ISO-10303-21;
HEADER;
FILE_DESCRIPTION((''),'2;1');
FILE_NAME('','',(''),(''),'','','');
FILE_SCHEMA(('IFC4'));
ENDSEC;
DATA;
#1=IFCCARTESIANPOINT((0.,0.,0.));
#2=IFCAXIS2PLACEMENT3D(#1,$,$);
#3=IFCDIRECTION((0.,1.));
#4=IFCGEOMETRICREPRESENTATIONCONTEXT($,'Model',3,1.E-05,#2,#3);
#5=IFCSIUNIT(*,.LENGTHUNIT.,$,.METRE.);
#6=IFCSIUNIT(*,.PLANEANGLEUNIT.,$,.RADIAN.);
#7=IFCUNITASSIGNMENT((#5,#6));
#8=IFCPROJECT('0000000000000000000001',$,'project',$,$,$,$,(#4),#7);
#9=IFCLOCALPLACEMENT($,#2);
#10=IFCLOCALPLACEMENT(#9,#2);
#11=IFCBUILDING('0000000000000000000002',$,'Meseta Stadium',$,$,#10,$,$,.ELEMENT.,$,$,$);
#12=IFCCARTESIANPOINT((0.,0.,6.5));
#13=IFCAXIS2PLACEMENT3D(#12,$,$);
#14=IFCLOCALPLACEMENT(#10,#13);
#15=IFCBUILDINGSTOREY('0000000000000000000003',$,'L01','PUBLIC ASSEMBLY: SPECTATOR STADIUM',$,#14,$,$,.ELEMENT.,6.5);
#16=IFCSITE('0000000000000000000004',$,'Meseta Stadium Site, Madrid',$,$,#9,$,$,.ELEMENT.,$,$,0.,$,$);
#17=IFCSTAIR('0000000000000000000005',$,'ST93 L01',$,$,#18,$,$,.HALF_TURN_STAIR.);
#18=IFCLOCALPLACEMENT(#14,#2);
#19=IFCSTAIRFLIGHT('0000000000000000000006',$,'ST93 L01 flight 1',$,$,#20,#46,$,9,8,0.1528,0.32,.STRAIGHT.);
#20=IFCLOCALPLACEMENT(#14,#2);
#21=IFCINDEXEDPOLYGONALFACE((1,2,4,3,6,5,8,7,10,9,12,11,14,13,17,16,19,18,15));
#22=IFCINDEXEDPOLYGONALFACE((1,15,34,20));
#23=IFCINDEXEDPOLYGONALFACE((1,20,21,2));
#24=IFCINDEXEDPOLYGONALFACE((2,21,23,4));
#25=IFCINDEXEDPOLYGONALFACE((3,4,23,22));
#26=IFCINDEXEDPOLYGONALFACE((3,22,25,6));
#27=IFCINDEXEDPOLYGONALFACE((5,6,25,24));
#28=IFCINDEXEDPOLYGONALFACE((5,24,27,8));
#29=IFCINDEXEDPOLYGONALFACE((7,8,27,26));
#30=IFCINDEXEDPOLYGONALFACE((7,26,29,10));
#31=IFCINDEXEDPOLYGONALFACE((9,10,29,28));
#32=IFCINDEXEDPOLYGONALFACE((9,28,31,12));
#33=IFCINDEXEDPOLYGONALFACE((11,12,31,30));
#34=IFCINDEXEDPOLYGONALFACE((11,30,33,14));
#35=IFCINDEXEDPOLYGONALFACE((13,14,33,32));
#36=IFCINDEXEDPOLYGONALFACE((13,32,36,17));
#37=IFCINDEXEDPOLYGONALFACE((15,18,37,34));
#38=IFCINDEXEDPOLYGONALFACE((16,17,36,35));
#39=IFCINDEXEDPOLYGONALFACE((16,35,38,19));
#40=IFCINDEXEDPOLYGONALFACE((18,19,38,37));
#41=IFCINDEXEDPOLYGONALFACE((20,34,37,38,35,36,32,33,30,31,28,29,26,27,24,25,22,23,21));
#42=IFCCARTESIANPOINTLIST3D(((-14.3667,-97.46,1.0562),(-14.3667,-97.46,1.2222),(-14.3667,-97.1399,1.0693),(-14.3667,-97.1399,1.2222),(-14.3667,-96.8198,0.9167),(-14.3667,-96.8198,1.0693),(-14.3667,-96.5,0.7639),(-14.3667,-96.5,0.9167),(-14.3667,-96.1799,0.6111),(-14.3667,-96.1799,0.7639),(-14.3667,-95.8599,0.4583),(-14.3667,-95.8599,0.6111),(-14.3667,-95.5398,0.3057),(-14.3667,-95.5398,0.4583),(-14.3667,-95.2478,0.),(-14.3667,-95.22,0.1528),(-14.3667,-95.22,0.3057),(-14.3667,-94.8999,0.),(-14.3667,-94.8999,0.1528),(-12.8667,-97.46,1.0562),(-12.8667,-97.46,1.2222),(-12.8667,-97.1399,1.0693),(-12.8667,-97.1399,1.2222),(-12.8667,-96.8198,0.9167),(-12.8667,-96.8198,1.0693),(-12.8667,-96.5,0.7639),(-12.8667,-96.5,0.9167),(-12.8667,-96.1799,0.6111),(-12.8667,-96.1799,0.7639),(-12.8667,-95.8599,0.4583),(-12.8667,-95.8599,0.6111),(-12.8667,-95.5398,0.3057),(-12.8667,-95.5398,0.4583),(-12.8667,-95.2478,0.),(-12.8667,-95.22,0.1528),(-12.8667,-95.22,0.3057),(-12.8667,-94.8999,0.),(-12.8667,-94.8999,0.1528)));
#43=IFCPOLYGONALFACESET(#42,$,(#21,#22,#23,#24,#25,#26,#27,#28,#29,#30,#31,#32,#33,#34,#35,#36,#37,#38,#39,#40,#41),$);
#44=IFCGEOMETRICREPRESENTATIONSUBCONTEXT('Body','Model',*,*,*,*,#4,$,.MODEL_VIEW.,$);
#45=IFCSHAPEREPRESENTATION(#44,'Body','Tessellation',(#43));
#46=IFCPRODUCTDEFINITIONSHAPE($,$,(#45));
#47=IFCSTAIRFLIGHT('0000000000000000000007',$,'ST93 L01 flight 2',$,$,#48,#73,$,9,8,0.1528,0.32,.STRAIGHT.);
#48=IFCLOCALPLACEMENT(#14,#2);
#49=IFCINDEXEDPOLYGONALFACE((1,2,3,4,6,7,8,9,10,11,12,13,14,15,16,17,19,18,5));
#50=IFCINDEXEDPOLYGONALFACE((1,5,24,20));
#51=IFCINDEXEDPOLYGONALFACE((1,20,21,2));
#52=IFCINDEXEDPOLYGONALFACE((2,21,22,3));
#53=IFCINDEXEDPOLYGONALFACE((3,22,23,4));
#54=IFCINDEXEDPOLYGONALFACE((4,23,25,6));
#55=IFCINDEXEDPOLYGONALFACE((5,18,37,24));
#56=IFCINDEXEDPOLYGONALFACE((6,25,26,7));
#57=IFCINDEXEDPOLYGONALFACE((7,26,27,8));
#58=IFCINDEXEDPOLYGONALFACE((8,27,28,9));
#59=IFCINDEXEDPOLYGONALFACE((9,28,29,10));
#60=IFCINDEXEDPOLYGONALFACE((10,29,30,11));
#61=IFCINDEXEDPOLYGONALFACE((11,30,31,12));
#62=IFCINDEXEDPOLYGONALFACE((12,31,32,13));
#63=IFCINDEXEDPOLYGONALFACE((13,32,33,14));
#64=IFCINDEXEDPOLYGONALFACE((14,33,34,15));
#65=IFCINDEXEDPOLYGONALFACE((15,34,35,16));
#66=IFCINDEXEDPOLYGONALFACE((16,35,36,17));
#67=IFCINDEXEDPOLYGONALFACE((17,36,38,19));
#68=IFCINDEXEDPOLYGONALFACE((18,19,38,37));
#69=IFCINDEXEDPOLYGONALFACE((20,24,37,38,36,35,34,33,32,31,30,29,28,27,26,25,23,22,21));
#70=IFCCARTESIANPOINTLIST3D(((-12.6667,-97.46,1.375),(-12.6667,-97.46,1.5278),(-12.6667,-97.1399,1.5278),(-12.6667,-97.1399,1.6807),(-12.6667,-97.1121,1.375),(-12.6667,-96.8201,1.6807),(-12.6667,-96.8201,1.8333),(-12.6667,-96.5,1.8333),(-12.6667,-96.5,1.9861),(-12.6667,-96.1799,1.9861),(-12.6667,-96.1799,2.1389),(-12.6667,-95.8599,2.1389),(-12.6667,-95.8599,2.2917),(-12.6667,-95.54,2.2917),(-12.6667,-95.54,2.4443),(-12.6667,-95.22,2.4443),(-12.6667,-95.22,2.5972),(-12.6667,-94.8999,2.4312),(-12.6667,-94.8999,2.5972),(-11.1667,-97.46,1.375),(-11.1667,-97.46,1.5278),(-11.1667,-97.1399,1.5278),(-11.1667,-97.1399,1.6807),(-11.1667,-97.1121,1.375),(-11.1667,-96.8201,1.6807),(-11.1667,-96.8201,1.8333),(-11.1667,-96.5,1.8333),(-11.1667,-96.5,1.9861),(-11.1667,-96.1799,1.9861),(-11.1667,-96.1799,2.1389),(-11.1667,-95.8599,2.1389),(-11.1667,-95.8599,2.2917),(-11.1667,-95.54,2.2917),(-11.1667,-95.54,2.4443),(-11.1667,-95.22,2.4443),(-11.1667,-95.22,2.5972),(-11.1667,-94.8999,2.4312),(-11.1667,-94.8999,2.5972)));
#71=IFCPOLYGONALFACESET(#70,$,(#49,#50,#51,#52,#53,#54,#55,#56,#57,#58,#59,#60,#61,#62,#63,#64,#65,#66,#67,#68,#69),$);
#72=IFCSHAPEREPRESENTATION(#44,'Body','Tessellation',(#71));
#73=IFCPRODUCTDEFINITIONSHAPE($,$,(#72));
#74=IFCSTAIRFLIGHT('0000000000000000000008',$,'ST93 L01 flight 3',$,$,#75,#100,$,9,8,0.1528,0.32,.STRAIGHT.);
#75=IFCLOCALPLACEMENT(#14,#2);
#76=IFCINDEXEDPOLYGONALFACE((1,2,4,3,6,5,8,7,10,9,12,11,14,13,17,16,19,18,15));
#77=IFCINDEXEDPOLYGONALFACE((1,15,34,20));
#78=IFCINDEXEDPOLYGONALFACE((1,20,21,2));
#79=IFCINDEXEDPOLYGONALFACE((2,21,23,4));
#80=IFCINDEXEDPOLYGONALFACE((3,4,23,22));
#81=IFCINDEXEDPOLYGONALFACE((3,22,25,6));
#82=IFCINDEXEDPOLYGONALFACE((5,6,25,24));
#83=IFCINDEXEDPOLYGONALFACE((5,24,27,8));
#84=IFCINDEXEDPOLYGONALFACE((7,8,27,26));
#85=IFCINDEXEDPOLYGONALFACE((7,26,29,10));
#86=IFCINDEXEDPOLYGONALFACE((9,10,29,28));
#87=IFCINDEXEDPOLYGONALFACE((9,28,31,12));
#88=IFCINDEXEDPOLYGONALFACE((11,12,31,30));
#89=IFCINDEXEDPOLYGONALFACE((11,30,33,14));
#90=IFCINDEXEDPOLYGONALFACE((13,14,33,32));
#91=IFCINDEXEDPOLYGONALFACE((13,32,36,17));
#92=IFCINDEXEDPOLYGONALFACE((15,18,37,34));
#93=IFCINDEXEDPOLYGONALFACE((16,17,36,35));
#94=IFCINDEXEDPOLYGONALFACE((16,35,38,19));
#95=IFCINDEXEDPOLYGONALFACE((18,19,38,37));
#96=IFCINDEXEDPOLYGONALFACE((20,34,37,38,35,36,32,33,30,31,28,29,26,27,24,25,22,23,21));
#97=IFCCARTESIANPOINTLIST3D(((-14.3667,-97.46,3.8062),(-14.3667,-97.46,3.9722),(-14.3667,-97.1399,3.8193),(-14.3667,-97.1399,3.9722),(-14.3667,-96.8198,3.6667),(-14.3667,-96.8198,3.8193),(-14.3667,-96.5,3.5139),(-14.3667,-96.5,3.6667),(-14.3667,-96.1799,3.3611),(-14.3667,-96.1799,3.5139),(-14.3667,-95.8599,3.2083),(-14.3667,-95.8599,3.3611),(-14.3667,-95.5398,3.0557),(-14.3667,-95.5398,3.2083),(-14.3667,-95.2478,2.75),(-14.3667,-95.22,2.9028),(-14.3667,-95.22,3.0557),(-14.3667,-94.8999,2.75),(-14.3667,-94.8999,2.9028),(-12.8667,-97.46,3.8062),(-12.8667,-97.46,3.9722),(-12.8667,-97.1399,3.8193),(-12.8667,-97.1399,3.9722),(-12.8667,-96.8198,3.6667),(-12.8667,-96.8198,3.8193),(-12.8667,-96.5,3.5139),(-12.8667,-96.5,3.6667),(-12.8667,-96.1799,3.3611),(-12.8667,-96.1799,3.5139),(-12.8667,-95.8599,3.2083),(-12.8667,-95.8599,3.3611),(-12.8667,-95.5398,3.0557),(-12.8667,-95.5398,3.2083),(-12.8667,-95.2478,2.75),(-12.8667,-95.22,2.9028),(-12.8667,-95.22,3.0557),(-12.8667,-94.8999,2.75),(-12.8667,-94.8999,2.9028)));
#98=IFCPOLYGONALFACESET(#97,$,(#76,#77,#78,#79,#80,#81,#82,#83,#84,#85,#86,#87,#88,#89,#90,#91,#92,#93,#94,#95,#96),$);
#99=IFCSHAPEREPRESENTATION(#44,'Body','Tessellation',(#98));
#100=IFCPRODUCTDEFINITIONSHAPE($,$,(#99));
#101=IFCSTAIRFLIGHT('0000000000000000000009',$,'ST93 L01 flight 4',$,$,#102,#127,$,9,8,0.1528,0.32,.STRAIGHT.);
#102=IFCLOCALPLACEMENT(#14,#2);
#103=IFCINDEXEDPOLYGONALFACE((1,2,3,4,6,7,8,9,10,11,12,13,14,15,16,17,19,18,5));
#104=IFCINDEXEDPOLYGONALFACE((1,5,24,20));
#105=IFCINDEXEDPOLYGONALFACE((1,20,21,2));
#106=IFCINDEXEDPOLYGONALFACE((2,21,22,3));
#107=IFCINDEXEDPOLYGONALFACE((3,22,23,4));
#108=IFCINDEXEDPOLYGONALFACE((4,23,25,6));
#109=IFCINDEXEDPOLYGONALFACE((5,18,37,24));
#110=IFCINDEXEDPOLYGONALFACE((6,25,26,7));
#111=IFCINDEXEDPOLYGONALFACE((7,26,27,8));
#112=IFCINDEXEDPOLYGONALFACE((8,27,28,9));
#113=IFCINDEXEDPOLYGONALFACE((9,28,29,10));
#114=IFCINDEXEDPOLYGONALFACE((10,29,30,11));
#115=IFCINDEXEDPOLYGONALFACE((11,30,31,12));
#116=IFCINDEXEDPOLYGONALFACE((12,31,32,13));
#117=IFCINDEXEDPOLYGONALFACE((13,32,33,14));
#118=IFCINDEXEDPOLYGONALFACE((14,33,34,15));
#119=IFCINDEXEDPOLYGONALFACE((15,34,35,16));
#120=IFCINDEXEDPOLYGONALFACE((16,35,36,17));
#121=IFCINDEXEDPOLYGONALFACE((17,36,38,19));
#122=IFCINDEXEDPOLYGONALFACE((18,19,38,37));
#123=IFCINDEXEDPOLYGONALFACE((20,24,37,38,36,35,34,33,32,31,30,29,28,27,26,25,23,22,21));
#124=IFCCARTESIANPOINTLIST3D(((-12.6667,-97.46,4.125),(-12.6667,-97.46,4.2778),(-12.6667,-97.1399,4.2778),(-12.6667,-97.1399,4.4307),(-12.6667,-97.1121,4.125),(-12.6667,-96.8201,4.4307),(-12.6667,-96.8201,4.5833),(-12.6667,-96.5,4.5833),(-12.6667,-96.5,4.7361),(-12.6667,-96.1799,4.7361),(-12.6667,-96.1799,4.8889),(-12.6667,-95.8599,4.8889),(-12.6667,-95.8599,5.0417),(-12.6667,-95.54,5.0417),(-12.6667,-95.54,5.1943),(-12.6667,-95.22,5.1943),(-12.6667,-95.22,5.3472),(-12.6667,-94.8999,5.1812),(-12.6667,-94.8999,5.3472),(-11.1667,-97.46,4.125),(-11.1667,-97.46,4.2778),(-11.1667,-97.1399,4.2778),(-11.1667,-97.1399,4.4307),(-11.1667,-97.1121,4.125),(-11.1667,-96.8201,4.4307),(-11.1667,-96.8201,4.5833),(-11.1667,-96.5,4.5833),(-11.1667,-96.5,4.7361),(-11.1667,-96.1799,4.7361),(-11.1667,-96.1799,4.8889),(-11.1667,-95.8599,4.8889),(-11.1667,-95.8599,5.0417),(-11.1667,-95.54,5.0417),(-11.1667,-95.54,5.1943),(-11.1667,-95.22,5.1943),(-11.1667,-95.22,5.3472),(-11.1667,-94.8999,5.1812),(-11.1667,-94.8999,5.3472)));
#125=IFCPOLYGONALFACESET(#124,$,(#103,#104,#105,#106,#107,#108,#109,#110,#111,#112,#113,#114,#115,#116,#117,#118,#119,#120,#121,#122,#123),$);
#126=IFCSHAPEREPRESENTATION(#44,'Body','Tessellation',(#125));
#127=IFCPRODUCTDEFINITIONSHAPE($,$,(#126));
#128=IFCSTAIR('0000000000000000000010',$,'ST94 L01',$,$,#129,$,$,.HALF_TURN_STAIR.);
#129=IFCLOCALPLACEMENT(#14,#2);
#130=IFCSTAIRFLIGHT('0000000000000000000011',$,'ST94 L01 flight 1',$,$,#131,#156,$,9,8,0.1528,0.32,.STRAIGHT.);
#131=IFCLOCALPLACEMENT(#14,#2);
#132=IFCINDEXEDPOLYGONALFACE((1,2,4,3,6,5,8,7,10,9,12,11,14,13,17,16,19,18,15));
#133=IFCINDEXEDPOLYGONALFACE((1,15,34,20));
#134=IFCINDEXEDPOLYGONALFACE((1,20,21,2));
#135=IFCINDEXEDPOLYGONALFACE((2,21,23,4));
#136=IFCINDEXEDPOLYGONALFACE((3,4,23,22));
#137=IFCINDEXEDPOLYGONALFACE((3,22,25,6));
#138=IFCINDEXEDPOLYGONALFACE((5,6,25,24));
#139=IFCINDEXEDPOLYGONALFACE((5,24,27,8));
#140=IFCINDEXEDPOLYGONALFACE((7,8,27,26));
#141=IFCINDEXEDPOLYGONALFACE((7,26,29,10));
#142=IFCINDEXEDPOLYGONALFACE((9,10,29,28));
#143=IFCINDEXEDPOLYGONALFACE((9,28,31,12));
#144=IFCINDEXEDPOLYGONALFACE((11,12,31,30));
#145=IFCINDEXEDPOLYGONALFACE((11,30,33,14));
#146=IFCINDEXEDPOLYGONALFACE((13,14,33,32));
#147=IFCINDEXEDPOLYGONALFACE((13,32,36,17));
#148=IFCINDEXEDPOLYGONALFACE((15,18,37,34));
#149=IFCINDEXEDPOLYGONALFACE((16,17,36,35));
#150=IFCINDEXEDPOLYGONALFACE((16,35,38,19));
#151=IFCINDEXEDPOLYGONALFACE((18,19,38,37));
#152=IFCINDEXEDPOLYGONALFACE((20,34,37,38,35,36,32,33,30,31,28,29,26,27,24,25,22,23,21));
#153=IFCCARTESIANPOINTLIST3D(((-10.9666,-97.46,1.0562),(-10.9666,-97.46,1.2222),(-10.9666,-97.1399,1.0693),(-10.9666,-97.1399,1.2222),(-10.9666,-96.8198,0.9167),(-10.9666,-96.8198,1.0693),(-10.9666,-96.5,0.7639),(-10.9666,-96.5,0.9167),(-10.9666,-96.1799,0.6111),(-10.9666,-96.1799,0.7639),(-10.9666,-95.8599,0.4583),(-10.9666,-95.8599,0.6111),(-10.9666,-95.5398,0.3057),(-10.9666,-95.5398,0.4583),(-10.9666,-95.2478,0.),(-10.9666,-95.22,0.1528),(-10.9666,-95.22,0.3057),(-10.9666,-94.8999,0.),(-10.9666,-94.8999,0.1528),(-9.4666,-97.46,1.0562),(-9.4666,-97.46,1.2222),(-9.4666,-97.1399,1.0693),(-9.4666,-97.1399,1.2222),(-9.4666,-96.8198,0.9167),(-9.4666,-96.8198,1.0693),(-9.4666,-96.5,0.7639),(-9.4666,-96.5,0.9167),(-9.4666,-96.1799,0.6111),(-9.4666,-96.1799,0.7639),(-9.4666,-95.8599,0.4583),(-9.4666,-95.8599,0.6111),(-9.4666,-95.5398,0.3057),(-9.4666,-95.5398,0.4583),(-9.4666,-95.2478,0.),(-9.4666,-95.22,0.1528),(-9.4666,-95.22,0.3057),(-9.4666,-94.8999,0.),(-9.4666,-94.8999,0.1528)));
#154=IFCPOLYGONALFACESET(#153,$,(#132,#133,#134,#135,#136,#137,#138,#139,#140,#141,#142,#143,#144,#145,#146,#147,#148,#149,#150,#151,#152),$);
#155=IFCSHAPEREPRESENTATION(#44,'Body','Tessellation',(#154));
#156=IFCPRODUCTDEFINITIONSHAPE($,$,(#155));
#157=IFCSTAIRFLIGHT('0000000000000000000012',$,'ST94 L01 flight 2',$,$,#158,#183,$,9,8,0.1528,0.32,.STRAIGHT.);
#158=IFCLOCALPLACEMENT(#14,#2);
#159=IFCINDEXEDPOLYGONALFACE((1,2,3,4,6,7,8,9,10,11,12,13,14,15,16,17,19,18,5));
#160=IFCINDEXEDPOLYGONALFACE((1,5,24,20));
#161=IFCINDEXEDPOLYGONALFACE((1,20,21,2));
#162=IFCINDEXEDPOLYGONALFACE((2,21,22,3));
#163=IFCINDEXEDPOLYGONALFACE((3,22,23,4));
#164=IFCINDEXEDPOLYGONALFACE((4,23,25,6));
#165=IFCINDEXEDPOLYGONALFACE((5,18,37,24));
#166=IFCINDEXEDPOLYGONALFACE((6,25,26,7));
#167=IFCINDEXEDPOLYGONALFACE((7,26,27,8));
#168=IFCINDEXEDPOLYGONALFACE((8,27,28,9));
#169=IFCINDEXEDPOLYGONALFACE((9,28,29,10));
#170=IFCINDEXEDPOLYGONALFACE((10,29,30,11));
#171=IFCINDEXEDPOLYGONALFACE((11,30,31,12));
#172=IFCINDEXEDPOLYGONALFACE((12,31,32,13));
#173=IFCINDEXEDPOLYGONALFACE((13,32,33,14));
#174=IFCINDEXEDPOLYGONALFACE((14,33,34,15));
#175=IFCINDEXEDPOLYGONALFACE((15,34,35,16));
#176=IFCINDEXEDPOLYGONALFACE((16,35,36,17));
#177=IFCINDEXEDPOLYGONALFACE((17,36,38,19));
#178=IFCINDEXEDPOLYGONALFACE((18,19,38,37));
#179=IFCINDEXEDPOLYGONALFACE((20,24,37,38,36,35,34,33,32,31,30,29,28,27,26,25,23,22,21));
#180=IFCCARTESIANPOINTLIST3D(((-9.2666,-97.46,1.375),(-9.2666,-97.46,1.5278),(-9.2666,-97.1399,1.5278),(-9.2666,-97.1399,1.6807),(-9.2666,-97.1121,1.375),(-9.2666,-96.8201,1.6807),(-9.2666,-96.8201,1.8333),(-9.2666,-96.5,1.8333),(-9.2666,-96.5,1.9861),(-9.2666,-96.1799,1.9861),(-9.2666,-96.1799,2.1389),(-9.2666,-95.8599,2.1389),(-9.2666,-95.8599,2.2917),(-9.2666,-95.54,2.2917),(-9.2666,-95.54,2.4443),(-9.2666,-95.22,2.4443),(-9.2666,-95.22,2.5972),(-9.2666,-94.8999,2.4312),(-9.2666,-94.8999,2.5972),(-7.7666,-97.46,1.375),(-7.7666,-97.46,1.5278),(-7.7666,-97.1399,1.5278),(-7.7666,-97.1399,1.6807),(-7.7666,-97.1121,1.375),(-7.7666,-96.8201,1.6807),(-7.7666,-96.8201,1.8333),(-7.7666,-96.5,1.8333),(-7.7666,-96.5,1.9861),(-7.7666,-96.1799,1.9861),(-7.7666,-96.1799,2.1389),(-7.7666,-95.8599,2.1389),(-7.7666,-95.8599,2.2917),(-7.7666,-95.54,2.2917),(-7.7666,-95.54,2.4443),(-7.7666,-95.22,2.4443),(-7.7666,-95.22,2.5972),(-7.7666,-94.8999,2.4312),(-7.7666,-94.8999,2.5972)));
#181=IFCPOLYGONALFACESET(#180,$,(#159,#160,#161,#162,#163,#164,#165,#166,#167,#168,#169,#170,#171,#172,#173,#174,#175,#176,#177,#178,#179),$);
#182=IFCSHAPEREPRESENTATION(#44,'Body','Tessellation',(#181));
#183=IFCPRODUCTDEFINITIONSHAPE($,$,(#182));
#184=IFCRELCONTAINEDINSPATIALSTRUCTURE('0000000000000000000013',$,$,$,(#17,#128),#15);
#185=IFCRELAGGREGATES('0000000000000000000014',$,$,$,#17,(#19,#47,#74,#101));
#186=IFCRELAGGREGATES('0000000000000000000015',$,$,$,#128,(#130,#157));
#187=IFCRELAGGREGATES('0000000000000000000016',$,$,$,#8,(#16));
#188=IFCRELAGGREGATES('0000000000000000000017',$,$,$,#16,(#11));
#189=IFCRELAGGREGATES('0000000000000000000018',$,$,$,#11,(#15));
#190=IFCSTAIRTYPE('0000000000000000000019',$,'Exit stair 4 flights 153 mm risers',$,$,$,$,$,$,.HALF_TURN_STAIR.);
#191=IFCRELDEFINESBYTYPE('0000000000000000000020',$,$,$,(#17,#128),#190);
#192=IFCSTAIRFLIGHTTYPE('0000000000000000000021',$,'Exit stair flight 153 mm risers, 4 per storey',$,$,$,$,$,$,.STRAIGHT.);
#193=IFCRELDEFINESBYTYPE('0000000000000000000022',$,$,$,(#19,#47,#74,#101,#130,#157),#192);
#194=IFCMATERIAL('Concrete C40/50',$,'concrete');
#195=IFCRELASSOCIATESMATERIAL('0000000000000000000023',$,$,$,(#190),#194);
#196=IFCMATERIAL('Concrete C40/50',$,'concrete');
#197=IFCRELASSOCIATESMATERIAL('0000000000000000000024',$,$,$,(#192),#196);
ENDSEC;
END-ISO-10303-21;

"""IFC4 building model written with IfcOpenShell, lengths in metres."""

from ifc_helpers import new_model, si_unit, direction, frame, origin, place, context, subcontext, project, spatial, polyline, outline, extrude, material, type_object, element, aggregate, save


model = new_model("IFC4")

# Units and contexts
model_context = context("Model", 3, precision=1e-05, world=origin(), true_north=direction((0.0, 1.0)))
body_context = subcontext(model_context, "Body", "Model", "MODEL_VIEW")
ifc_project = project(units=[si_unit("LENGTHUNIT", "METRE"), si_unit("PLANEANGLEUNIT", "RADIAN")], contexts=[model_context])

# Site, building, storey
site_placement = place(None, origin())
site = spatial("IfcSite", under=ifc_project, at=site_placement, Name="Meseta Stadium Site, Madrid", CompositionType="ELEMENT", RefElevation=0.0)
building_placement = place(site_placement, origin())
building = spatial("IfcBuilding", under=site, at=building_placement, Name="Meseta Stadium", CompositionType="ELEMENT")
storey_placement = place(building_placement, frame((0.0, 0.0, 6.5)))
storey = spatial("IfcBuildingStorey", under=building, at=storey_placement, Name="L01", Description="PUBLIC ASSEMBLY: SPECTATOR STADIUM", CompositionType="ELEMENT", Elevation=6.5)

# Stairs, stair flights
ifc_material_1 = material(Name="Concrete C40/50", Category="concrete")
stair_type = type_object("IfcStairType", Name="Exit stair 4 flights 153 mm risers", PredefinedType="HALF_TURN_STAIR", material=ifc_material_1)
stair_1_placement = place(storey_placement, origin())
stair_1 = element("IfcStair", 1, at=stair_1_placement, inside=storey, type_object=stair_type, Name="ST93 L01", PredefinedType="HALF_TURN_STAIR")
ifc_material_2 = material(Name="Concrete C40/50", Category="concrete")
stair_flight_type = type_object("IfcStairFlightType", Name="Exit stair flight 153 mm risers, 4 per storey", PredefinedType="STRAIGHT", material=ifc_material_2)
stair_flight_1_placement = place(storey_placement, frame((-13.6167, -94.8999, 0.0), z_axis=(0.0, 0.0, 1.0), x_axis=(0.0, -1.0, 0.0)))
stair_flight_1 = element("IfcStairFlight", 2, at=stair_flight_1_placement, type_object=stair_flight_type, Name="ST93 L01 flight 1", NumberOfRisers=9, NumberOfTreads=8, PredefinedType="STRAIGHT", RiserHeight=0.1528, TreadLength=0.32, context=body_context, shape_type="SweptSolid", body=[
    extrude(outline(polyline([(0.0, 0.0), (0.0, 0.1528), (0.3201, 0.1528), (0.3201, 0.3057), (0.6399, 0.3057), (0.6399, 0.4583), (0.96, 0.4583), (0.96, 0.6111), (1.28, 0.6111), (1.28, 0.7639), (1.6001, 0.7639), (1.6001, 0.9167), (1.9199, 0.9167), (1.9199, 1.0693), (2.24, 1.0693), (2.24, 1.2222), (2.5601, 1.2222), (2.5601, 1.0562), (0.3479, 0.0), (0.0, 0.0)])), frame((0.0, 0.75, 0.0), z_axis=(0.0, -1.0, 0.0), x_axis=(1.0, 0.0, 0.0)), (0.0, 0.0, 1.0), 1.5),
])
stair_flight_2_placement = place(storey_placement, frame((-11.9167, -97.46, 1.375), z_axis=(0.0, 0.0, 1.0), x_axis=(0.0, 1.0, 0.0)))
stair_flight_2 = element("IfcStairFlight", 3, at=stair_flight_2_placement, type_object=stair_flight_type, Name="ST93 L01 flight 2", NumberOfRisers=9, NumberOfTreads=8, PredefinedType="STRAIGHT", RiserHeight=0.1528, TreadLength=0.32, context=body_context, shape_type="SweptSolid", body=[
    extrude(outline(polyline([(0.0, 0.0), (0.0, 0.1528), (0.3201, 0.1528), (0.3201, 0.3057), (0.6399, 0.3057), (0.6399, 0.4583), (0.96, 0.4583), (0.96, 0.6111), (1.28, 0.6111), (1.28, 0.7639), (1.6001, 0.7639), (1.6001, 0.9167), (1.9199, 0.9167), (1.9199, 1.0693), (2.24, 1.0693), (2.24, 1.2222), (2.5601, 1.2222), (2.5601, 1.0562), (0.3479, 0.0), (0.0, 0.0)])), frame((0.0, 0.75, 0.0), z_axis=(0.0, -1.0, 0.0), x_axis=(1.0, 0.0, 0.0)), (0.0, 0.0, 1.0), 1.5),
])
stair_flight_3_placement = place(storey_placement, frame((-13.6167, -94.8999, 2.75), z_axis=(0.0, 0.0, 1.0), x_axis=(0.0, -1.0, 0.0)))
stair_flight_3 = element("IfcStairFlight", 4, at=stair_flight_3_placement, type_object=stair_flight_type, Name="ST93 L01 flight 3", NumberOfRisers=9, NumberOfTreads=8, PredefinedType="STRAIGHT", RiserHeight=0.1528, TreadLength=0.32, context=body_context, shape_type="SweptSolid", body=[
    extrude(outline(polyline([(0.0, 0.0), (0.0, 0.1528), (0.3201, 0.1528), (0.3201, 0.3057), (0.6399, 0.3057), (0.6399, 0.4583), (0.96, 0.4583), (0.96, 0.6111), (1.28, 0.6111), (1.28, 0.7639), (1.6001, 0.7639), (1.6001, 0.9167), (1.9199, 0.9167), (1.9199, 1.0693), (2.24, 1.0693), (2.24, 1.2222), (2.5601, 1.2222), (2.5601, 1.0562), (0.3479, 0.0), (0.0, 0.0)])), frame((0.0, 0.75, 0.0), z_axis=(0.0, -1.0, 0.0), x_axis=(1.0, 0.0, 0.0)), (0.0, 0.0, 1.0), 1.5),
])
stair_flight_4_placement = place(storey_placement, frame((-11.9167, -97.46, 4.125), z_axis=(0.0, 0.0, 1.0), x_axis=(0.0, 1.0, 0.0)))
stair_flight_4 = element("IfcStairFlight", 5, at=stair_flight_4_placement, type_object=stair_flight_type, Name="ST93 L01 flight 4", NumberOfRisers=9, NumberOfTreads=8, PredefinedType="STRAIGHT", RiserHeight=0.1528, TreadLength=0.32, context=body_context, shape_type="SweptSolid", body=[
    extrude(outline(polyline([(0.0, 0.0), (0.0, 0.1528), (0.3201, 0.1528), (0.3201, 0.3057), (0.6399, 0.3057), (0.6399, 0.4583), (0.96, 0.4583), (0.96, 0.6111), (1.28, 0.6111), (1.28, 0.7639), (1.6001, 0.7639), (1.6001, 0.9167), (1.9199, 0.9167), (1.9199, 1.0693), (2.24, 1.0693), (2.24, 1.2222), (2.5601, 1.2222), (2.5601, 1.0562), (0.3479, 0.0), (0.0, 0.0)])), frame((0.0, 0.75, 0.0), z_axis=(0.0, -1.0, 0.0), x_axis=(1.0, 0.0, 0.0)), (0.0, 0.0, 1.0), 1.5),
])
aggregate(stair_1, [stair_flight_1, stair_flight_2, stair_flight_3, stair_flight_4])
stair_2_placement = place(storey_placement, origin())
stair_2 = element("IfcStair", 6, at=stair_2_placement, inside=storey, type_object=stair_type, Name="ST94 L01", PredefinedType="HALF_TURN_STAIR")
stair_flight_5_placement = place(storey_placement, frame((-10.2166, -94.8999, 0.0), z_axis=(0.0, 0.0, 1.0), x_axis=(0.0, -1.0, 0.0)))
stair_flight_5 = element("IfcStairFlight", 7, at=stair_flight_5_placement, type_object=stair_flight_type, Name="ST94 L01 flight 1", NumberOfRisers=9, NumberOfTreads=8, PredefinedType="STRAIGHT", RiserHeight=0.1528, TreadLength=0.32, context=body_context, shape_type="SweptSolid", body=[
    extrude(outline(polyline([(0.0, 0.0), (0.0, 0.1528), (0.3201, 0.1528), (0.3201, 0.3057), (0.6399, 0.3057), (0.6399, 0.4583), (0.96, 0.4583), (0.96, 0.6111), (1.28, 0.6111), (1.28, 0.7639), (1.6001, 0.7639), (1.6001, 0.9167), (1.9199, 0.9167), (1.9199, 1.0693), (2.24, 1.0693), (2.24, 1.2222), (2.5601, 1.2222), (2.5601, 1.0562), (0.3479, 0.0), (0.0, 0.0)])), frame((0.0, 0.75, 0.0), z_axis=(0.0, -1.0, 0.0), x_axis=(1.0, 0.0, 0.0)), (0.0, 0.0, 1.0), 1.5),
])
stair_flight_6_placement = place(storey_placement, frame((-8.5166, -97.46, 1.375), z_axis=(0.0, 0.0, 1.0), x_axis=(0.0, 1.0, 0.0)))
stair_flight_6 = element("IfcStairFlight", 8, at=stair_flight_6_placement, type_object=stair_flight_type, Name="ST94 L01 flight 2", NumberOfRisers=9, NumberOfTreads=8, PredefinedType="STRAIGHT", RiserHeight=0.1528, TreadLength=0.32, context=body_context, shape_type="SweptSolid", body=[
    extrude(outline(polyline([(0.0, 0.0), (0.0, 0.1528), (0.3201, 0.1528), (0.3201, 0.3057), (0.6399, 0.3057), (0.6399, 0.4583), (0.96, 0.4583), (0.96, 0.6111), (1.28, 0.6111), (1.28, 0.7639), (1.6001, 0.7639), (1.6001, 0.9167), (1.9199, 0.9167), (1.9199, 1.0693), (2.24, 1.0693), (2.24, 1.2222), (2.5601, 1.2222), (2.5601, 1.0562), (0.3479, 0.0), (0.0, 0.0)])), frame((0.0, 0.75, 0.0), z_axis=(0.0, -1.0, 0.0), x_axis=(1.0, 0.0, 0.0)), (0.0, 0.0, 1.0), 1.5),
])
aggregate(stair_2, [stair_flight_5, stair_flight_6])

save(model, "model.ifc")
